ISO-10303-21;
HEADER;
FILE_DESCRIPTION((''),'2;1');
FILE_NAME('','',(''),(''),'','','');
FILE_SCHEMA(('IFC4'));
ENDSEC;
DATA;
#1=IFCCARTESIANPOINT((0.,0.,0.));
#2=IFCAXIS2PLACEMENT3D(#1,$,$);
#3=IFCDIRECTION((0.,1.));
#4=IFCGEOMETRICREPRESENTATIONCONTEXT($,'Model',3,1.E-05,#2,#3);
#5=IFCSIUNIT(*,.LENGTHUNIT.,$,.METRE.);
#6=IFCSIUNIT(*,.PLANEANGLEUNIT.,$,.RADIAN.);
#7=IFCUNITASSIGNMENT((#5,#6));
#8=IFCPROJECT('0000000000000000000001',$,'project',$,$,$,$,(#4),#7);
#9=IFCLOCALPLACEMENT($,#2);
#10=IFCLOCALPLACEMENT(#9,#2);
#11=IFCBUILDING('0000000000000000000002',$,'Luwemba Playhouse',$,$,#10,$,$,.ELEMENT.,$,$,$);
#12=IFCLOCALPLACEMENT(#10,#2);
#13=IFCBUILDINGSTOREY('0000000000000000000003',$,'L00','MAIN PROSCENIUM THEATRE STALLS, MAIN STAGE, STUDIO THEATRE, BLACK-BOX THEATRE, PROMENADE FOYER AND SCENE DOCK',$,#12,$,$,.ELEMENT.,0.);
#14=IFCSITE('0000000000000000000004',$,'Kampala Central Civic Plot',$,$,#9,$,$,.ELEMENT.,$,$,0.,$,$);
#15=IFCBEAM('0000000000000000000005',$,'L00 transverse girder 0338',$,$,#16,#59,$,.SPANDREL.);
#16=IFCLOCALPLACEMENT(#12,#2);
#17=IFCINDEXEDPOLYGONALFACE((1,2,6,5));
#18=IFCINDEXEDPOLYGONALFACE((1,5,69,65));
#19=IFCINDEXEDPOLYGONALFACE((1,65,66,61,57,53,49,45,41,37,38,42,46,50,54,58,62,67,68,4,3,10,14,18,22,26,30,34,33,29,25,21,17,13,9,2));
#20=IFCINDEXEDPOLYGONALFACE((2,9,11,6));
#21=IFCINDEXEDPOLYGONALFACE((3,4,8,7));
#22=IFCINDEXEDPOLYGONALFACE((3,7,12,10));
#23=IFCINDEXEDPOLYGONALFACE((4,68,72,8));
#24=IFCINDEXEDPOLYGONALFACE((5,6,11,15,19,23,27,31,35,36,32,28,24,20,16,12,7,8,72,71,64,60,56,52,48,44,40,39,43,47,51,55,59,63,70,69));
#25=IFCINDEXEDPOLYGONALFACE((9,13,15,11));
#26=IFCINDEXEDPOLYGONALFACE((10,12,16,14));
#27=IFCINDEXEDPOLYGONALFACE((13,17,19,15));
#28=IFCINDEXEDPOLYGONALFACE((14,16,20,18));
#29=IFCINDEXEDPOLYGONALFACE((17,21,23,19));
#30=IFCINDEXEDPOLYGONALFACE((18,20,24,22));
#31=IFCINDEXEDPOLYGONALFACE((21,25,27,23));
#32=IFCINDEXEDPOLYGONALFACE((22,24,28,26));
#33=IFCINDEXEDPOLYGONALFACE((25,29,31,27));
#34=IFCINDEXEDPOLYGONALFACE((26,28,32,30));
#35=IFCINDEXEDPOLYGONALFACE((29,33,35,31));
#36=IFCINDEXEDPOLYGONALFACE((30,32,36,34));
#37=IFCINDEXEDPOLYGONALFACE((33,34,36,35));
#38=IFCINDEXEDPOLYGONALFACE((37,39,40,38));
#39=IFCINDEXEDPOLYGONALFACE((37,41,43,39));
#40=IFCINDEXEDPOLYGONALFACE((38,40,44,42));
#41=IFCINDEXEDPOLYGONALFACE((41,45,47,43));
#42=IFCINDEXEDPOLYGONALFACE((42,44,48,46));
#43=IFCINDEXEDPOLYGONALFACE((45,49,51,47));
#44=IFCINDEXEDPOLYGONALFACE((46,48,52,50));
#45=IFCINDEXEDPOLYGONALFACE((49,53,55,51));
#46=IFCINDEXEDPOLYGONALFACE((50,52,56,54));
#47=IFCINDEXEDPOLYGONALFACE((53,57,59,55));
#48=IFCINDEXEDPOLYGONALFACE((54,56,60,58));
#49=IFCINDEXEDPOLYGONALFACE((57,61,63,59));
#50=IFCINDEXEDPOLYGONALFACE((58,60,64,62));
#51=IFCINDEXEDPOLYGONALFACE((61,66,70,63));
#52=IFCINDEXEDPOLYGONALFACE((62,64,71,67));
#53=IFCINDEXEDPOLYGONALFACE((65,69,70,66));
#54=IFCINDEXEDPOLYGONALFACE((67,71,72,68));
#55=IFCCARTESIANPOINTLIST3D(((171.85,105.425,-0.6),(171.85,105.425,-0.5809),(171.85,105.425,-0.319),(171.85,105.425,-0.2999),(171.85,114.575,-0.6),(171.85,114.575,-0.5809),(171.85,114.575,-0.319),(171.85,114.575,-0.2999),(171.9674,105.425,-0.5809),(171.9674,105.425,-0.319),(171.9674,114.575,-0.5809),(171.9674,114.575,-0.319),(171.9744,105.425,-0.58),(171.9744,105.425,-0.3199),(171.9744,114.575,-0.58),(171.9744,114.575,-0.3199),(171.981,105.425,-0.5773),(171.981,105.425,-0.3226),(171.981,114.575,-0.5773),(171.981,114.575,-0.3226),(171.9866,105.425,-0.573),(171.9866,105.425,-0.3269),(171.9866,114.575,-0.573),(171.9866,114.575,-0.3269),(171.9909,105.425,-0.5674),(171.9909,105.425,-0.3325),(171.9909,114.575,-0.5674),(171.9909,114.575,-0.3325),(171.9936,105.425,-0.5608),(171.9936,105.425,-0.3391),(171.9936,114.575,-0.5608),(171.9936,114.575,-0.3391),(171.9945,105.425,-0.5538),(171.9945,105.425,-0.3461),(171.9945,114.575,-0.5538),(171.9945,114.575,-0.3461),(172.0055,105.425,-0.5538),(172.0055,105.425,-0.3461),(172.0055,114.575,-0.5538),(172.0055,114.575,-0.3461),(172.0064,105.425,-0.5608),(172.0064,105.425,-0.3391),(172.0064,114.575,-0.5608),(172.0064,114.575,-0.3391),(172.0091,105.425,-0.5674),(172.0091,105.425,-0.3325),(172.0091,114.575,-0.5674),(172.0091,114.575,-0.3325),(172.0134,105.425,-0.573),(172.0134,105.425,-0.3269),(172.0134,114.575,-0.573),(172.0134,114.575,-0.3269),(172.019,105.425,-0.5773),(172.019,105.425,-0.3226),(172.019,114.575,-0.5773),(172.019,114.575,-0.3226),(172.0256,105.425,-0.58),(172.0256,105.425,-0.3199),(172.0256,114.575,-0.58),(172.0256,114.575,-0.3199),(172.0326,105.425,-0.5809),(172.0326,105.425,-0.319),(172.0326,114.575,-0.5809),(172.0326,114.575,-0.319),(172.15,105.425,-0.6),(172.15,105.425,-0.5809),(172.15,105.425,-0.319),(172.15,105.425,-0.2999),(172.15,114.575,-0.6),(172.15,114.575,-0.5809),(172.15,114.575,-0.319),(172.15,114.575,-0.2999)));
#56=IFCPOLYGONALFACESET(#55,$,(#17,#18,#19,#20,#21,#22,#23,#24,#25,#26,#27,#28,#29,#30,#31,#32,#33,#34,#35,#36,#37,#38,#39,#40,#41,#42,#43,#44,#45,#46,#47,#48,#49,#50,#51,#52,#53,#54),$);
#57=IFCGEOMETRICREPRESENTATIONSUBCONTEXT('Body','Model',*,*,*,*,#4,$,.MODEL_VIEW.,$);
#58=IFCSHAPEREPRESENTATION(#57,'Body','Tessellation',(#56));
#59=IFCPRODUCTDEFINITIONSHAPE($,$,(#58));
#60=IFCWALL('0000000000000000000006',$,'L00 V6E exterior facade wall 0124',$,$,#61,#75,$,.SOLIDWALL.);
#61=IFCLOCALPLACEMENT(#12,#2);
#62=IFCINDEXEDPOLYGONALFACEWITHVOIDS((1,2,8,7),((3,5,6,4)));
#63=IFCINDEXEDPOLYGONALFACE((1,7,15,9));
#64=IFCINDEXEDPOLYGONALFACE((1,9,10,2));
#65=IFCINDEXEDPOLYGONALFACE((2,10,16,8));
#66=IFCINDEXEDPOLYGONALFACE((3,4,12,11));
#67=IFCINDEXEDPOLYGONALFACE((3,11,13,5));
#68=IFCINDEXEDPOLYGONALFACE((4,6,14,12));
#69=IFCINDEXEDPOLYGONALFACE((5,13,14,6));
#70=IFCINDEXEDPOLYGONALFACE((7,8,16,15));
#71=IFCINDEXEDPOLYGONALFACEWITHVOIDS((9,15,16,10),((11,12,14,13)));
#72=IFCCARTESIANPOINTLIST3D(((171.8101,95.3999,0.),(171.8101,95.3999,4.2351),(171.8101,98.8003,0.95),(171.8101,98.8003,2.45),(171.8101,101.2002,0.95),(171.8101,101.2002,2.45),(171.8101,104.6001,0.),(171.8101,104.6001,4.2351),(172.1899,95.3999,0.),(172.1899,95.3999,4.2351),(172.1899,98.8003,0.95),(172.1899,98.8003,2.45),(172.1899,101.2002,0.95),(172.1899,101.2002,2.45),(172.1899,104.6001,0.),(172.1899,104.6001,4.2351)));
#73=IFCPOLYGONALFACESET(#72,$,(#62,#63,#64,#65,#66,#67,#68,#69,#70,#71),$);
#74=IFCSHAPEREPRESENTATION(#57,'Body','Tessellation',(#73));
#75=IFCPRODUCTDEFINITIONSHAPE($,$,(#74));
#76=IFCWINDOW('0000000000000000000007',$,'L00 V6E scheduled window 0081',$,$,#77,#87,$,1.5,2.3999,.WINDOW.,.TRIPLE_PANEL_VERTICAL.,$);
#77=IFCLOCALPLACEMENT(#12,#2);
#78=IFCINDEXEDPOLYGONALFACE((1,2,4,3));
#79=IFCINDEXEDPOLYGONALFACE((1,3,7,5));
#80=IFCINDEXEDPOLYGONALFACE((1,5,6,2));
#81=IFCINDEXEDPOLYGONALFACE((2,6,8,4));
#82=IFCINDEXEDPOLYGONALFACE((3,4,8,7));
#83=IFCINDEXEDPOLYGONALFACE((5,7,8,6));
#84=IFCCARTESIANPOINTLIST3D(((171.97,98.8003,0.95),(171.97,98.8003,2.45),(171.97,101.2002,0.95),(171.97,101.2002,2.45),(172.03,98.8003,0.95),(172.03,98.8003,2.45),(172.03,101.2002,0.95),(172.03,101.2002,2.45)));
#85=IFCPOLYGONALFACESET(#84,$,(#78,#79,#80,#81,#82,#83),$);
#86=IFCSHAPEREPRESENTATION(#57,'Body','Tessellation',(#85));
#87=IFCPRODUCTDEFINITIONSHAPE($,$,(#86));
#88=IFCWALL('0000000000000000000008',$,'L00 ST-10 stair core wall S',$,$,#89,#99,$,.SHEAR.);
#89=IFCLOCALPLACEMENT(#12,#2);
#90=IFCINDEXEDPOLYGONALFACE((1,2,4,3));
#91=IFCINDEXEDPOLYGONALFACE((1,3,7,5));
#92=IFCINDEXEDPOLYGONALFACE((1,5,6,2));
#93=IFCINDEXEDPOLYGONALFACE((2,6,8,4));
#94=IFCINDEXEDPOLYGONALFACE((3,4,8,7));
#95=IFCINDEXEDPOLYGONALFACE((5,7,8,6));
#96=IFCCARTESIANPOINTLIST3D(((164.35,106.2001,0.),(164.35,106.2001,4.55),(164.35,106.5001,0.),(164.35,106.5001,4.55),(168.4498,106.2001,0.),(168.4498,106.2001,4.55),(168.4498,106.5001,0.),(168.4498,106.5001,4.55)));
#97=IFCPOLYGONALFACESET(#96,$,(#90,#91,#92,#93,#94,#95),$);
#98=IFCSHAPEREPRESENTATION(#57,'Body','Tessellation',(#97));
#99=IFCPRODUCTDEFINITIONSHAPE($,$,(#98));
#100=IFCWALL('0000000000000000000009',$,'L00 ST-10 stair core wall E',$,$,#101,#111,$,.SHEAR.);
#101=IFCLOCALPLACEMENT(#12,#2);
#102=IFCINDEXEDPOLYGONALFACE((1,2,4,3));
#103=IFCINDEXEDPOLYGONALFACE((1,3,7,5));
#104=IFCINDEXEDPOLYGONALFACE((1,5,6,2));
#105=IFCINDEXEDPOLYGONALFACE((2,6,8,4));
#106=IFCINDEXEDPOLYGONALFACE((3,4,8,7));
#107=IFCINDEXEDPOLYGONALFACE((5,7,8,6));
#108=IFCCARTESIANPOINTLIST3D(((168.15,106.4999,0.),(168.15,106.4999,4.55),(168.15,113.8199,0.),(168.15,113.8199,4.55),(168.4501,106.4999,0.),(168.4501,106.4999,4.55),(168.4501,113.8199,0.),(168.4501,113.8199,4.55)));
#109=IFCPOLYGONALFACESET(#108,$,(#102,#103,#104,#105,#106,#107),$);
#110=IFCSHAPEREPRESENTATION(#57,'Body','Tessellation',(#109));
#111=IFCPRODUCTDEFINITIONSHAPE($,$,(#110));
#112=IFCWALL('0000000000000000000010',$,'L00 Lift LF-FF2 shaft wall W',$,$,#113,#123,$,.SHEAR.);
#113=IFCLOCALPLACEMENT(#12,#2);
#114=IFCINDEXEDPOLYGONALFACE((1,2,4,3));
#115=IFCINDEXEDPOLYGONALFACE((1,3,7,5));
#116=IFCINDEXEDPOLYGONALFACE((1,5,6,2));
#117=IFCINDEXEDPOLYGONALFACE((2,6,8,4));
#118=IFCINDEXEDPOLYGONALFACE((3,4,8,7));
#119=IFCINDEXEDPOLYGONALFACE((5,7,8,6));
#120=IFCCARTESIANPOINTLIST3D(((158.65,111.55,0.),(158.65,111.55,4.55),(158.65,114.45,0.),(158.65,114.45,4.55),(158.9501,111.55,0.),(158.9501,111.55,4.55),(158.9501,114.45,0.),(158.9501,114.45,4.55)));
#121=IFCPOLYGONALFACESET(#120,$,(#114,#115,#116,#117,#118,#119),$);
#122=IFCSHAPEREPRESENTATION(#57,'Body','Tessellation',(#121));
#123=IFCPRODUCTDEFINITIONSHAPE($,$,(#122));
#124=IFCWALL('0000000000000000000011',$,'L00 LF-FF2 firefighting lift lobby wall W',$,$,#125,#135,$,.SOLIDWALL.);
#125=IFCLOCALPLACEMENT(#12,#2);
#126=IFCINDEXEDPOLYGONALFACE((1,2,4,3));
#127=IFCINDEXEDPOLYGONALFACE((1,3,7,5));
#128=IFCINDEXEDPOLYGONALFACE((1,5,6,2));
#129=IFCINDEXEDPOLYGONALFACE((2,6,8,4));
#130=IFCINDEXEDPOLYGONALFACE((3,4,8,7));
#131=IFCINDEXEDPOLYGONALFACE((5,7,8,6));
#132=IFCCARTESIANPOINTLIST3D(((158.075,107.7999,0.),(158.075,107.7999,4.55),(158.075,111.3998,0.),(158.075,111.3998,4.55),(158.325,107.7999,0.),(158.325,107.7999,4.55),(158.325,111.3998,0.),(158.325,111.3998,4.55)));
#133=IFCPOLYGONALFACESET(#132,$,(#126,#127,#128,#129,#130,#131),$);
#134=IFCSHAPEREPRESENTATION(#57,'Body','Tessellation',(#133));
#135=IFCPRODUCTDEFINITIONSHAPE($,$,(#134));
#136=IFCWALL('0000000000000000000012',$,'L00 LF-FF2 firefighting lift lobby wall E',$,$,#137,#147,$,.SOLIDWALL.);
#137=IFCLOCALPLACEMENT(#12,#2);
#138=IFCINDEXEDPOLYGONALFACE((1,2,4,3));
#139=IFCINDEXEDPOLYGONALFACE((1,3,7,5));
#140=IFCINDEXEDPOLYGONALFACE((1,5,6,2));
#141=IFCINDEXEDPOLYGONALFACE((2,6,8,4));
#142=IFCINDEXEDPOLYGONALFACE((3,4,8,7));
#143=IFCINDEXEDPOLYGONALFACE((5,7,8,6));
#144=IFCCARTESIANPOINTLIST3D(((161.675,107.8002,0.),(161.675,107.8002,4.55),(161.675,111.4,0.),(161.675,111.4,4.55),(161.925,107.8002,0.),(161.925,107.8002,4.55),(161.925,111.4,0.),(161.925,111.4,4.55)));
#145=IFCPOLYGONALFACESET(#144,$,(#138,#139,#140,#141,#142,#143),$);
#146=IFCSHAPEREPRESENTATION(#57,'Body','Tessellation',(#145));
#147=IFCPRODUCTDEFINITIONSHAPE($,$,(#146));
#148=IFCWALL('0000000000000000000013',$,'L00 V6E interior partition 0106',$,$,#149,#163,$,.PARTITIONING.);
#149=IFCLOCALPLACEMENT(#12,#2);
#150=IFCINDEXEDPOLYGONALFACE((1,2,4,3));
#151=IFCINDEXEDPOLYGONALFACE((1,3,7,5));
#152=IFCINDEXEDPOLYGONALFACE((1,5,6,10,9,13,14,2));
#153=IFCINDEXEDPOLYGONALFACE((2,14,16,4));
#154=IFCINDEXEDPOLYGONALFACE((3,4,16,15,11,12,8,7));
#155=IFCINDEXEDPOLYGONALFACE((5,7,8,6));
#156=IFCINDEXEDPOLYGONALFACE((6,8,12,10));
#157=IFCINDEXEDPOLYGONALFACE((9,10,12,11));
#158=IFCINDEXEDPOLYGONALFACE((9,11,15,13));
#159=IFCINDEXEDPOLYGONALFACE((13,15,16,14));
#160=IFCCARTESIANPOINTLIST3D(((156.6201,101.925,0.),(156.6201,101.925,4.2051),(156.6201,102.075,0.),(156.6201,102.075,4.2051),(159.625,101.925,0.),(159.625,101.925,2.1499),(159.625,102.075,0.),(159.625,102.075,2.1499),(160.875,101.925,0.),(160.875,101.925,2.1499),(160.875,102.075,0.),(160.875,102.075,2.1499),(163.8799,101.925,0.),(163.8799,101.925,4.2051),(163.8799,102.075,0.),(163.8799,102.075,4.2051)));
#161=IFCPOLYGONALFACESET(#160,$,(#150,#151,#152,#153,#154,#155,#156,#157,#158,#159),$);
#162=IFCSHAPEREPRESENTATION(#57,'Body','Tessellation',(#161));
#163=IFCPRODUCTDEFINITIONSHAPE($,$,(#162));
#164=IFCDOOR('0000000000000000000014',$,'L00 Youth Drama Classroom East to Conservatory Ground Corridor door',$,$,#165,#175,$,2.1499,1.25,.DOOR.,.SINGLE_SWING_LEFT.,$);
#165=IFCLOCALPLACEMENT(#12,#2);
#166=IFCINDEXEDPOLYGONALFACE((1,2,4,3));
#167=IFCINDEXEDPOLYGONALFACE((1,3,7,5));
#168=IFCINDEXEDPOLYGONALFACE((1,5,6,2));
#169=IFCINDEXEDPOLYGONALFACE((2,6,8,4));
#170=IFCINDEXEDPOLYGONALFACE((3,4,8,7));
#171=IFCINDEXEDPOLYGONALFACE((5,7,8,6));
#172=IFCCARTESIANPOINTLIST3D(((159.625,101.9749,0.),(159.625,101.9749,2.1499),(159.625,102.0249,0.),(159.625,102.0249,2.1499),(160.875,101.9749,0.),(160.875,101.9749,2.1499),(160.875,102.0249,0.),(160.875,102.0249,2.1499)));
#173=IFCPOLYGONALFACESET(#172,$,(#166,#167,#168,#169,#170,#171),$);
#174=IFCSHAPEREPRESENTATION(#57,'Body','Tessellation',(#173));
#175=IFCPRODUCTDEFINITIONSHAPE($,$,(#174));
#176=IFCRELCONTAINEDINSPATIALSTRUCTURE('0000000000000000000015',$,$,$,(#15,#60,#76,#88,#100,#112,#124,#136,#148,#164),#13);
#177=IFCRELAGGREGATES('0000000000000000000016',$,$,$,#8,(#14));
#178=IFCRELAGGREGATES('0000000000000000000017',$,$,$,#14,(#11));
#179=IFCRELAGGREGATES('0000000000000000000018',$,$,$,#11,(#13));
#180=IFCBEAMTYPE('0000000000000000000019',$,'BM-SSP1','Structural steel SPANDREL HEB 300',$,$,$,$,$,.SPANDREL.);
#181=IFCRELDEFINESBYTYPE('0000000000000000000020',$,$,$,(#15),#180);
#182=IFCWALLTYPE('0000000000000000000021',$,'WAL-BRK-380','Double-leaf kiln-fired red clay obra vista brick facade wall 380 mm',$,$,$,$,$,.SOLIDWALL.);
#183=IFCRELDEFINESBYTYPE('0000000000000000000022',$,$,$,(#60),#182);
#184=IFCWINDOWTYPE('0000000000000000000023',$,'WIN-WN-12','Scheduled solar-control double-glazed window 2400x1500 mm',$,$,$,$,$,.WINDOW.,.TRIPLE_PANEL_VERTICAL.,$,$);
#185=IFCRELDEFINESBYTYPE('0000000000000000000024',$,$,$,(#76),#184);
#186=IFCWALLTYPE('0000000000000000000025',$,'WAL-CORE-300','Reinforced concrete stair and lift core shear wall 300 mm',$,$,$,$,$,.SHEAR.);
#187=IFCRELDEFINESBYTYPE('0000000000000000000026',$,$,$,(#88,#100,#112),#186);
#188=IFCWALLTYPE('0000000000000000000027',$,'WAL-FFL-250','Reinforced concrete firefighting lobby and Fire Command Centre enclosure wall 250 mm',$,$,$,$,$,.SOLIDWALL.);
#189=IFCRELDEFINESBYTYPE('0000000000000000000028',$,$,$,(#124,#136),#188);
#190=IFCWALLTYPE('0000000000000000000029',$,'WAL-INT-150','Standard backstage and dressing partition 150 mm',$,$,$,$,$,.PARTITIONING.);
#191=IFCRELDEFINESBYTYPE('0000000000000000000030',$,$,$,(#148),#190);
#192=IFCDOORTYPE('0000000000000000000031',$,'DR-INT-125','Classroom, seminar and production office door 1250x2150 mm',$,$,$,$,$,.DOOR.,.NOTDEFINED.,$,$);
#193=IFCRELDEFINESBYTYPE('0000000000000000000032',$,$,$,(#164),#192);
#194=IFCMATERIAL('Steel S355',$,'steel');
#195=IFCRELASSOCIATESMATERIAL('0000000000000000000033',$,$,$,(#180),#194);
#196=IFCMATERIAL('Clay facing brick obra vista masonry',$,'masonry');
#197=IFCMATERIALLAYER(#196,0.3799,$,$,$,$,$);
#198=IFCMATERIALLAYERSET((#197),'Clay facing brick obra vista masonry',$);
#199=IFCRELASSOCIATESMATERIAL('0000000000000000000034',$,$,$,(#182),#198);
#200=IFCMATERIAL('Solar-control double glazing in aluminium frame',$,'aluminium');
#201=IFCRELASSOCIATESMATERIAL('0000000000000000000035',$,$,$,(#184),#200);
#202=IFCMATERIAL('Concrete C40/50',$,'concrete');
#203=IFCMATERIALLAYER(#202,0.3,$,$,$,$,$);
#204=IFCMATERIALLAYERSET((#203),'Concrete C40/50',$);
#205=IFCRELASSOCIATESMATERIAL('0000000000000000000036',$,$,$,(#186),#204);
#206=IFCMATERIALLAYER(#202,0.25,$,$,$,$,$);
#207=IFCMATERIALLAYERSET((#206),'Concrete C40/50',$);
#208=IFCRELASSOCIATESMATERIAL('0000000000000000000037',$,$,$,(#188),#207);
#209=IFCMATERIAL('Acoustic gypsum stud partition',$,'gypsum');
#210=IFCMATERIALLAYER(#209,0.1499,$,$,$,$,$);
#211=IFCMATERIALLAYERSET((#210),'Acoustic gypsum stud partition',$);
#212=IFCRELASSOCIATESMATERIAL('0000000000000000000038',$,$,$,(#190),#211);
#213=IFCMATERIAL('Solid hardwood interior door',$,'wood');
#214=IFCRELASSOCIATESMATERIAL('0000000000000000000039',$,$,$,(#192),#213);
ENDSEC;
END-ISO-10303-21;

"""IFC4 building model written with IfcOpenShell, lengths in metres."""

from ifc_helpers import new_model, si_unit, direction, frame, frame_2d, origin, origin_2d, place, context, subcontext, project, spatial, rectangle, i_section, extrude, material, layer, layer_set, material_profile, profile_set, type_object, element, fill, save


model = new_model("IFC4")

# Units and contexts
model_context = context("Model", 3, precision=1e-05, world=origin(), true_north=direction((0.0, 1.0)))
body_context = subcontext(model_context, "Body", "Model", "MODEL_VIEW")
ifc_project = project(units=[si_unit("LENGTHUNIT", "METRE"), si_unit("PLANEANGLEUNIT", "RADIAN")], contexts=[model_context])

# Site, building, storey
site_placement = place(None, origin())
site = spatial("IfcSite", under=ifc_project, at=site_placement, Name="Kampala Central Civic Plot", CompositionType="ELEMENT", RefElevation=0.0)
building_placement = place(site_placement, origin())
building = spatial("IfcBuilding", under=site, at=building_placement, Name="Luwemba Playhouse", CompositionType="ELEMENT")
storey_placement = place(building_placement, origin())
storey = spatial("IfcBuildingStorey", under=building, at=storey_placement, Name="L00", Description="MAIN PROSCENIUM THEATRE STALLS, MAIN STAGE, STUDIO THEATRE, BLACK-BOX THEATRE, PROMENADE FOYER AND SCENE DOCK", CompositionType="ELEMENT", Elevation=0.0)

# Shared definitions
ifc_material_1 = material(Name="Concrete C40/50", Category="concrete")

# Beam
ifc_material_2 = material(Name="Steel S355", Category="steel")
ifc_material_profile_1 = material_profile(ifc_material_2, i_section(OverallWidth=0.3, OverallDepth=0.3, WebThickness=0.011, FlangeThickness=0.019, FilletRadius=0.0271, at=origin_2d()))
ifc_profile_set_1 = profile_set([ifc_material_profile_1], Name="Steel S355")
beam_type_1 = type_object("IfcBeamType", Name="BM-SSP1", Description="Structural steel SPANDREL HEB 300", PredefinedType="SPANDREL", material=ifc_profile_set_1)
beam_1_placement = place(storey_placement, frame((172.0, 105.425, -0.45), z_axis=(0.0, 1.0, 0.0), x_axis=(-1.0, 0.0, 0.0)))
element("IfcBeam", 1, at=beam_1_placement, inside=storey, type_object=beam_type_1, Name="L00 transverse girder 0338", PredefinedType="SPANDREL", context=body_context, shape_type="SweptSolid", body=[
    extrude(i_section(OverallWidth=0.3, OverallDepth=0.3, WebThickness=0.011, FlangeThickness=0.019, FilletRadius=0.0271, at=origin_2d()), origin(), (0.0, 0.0, 1.0), 9.1499),
])

# Wall, opening, window
ifc_material_3 = material(Name="Clay facing brick obra vista masonry", Category="masonry")
ifc_layer_1 = layer(ifc_material_3, 0.3799)
ifc_layer_set_1 = layer_set([ifc_layer_1], Name="Clay facing brick obra vista masonry")
wall_type_1 = type_object("IfcWallType", Name="WAL-BRK-380", Description="Double-leaf kiln-fired red clay obra vista brick facade wall 380 mm", PredefinedType="SOLIDWALL", material=ifc_layer_set_1)
wall_1_placement = place(storey_placement, frame((172.0, 104.6001, 0.0), z_axis=(0.0, 0.0, 1.0), x_axis=(0.0, -1.0, 0.0)))
wall_1 = element("IfcWall", 2, at=wall_1_placement, inside=storey, type_object=wall_type_1, Name="L00 V6E exterior facade wall 0124", PredefinedType="SOLIDWALL", context=body_context, shape_type="SweptSolid", body=[
    extrude(rectangle(XDim=9.2002, YDim=0.3799, at=frame_2d((4.6001, 0.0))), origin(), (0.0, 0.0, 1.0), 4.2351),
])
opening_1_placement = place(wall_1_placement, frame((3.3999, 0.0, 0.95)))
opening_1 = element("IfcOpeningElement", 3, at=opening_1_placement, cuts=wall_1, PredefinedType="OPENING", context=body_context, shape_type="SweptSolid", body=[
    extrude(rectangle(XDim=2.3999, YDim=1.5, at=frame_2d((1.2, 0.75))), frame((0.0, 0.2, 0.0), z_axis=(0.0, -1.0, 0.0), x_axis=(1.0, 0.0, 0.0)), (0.0, 0.0, 1.0), 0.3999),
])
ifc_material_4 = material(Name="Solar-control double glazing in aluminium frame", Category="aluminium")
window_type = type_object("IfcWindowType", Name="WIN-WN-12", Description="Scheduled solar-control double-glazed window 2400x1500 mm", PartitioningType="TRIPLE_PANEL_VERTICAL", PredefinedType="WINDOW", material=ifc_material_4)
window_placement = place(opening_1_placement, origin())
window = element("IfcWindow", 4, at=window_placement, inside=storey, type_object=window_type, Name="L00 V6E scheduled window 0081", OverallHeight=1.5, OverallWidth=2.3999, PartitioningType="TRIPLE_PANEL_VERTICAL", PredefinedType="WINDOW", context=body_context, shape_type="SweptSolid", body=[
    extrude(rectangle(XDim=2.3999, YDim=1.5, at=frame_2d((1.2, 0.75))), frame((0.0, 0.03, 0.0), z_axis=(0.0, -1.0, 0.0), x_axis=(1.0, 0.0, 0.0)), (0.0, 0.0, 1.0), 0.0601),
])
fill(opening_1, window)

# Wall
ifc_layer_2 = layer(ifc_material_1, 0.3)
ifc_layer_set_2 = layer_set([ifc_layer_2], Name="Concrete C40/50")
wall_type_2 = type_object("IfcWallType", Name="WAL-CORE-300", Description="Reinforced concrete stair and lift core shear wall 300 mm", PredefinedType="SHEAR", material=ifc_layer_set_2)
wall_2_placement = place(storey_placement, frame((164.3501, 106.3501, 0.0), z_axis=(0.0, 0.0, 1.0), x_axis=(1.0, 0.0, 0.0)))
element("IfcWall", 5, at=wall_2_placement, inside=storey, type_object=wall_type_2, Name="L00 ST-10 stair core wall S", PredefinedType="SHEAR", context=body_context, shape_type="SweptSolid", body=[
    extrude(rectangle(XDim=4.0999, YDim=0.3, at=frame_2d((2.0498, 0.0))), origin(), (0.0, 0.0, 1.0), 4.55),
])

# Wall
wall_3_placement = place(storey_placement, frame((168.3, 113.8201, 0.0), z_axis=(0.0, 0.0, 1.0), x_axis=(0.0, -1.0, 0.0)))
element("IfcWall", 6, at=wall_3_placement, inside=storey, type_object=wall_type_2, Name="L00 ST-10 stair core wall E", PredefinedType="SHEAR", context=body_context, shape_type="SweptSolid", body=[
    extrude(rectangle(XDim=7.3201, YDim=0.3, at=frame_2d((3.6602, 0.0))), origin(), (0.0, 0.0, 1.0), 4.55),
])

# Wall
wall_4_placement = place(storey_placement, frame((158.8, 111.55, 0.0), z_axis=(0.0, 0.0, 1.0), x_axis=(0.0, 1.0, 0.0)))
element("IfcWall", 7, at=wall_4_placement, inside=storey, type_object=wall_type_2, Name="L00 Lift LF-FF2 shaft wall W", PredefinedType="SHEAR", context=body_context, shape_type="SweptSolid", body=[
    extrude(rectangle(XDim=2.8999, YDim=0.3, at=frame_2d((1.45, 0.0))), origin(), (0.0, 0.0, 1.0), 4.55),
])

# Shared definitions
ifc_layer_3 = layer(ifc_material_1, 0.25)
ifc_layer_set_3 = layer_set([ifc_layer_3], Name="Concrete C40/50")
wall_type_3 = type_object("IfcWallType", Name="WAL-FFL-250", Description="Reinforced concrete firefighting lobby and Fire Command Centre enclosure wall 250 mm", PredefinedType="SOLIDWALL", material=ifc_layer_set_3)

# Walls
for number, where, z_axis, x_axis, name in (
    (8, (158.2, 107.8, 0.0), (0.0, 0.0, 1.0), (0.0, 1.0, 0.0), "L00 LF-FF2 firefighting lift lobby wall W"),
    (9, (161.8, 111.3999, 0.0), (0.0, 0.0, 1.0), (0.0, -1.0, 0.0), "L00 LF-FF2 firefighting lift lobby wall E"),
):
    element("IfcWall", number, at=place(storey_placement, frame(where, z_axis=z_axis, x_axis=x_axis)), inside=storey, type_object=wall_type_3, Name=name, PredefinedType="SOLIDWALL", context=body_context, shape_type="SweptSolid", body=[
        extrude(rectangle(XDim=3.5999, YDim=0.25, at=frame_2d((1.7998, 0.0))), origin(), (0.0, 0.0, 1.0), 4.55),
    ])

# Wall, opening, door
ifc_material_5 = material(Name="Acoustic gypsum stud partition", Category="gypsum")
ifc_layer_4 = layer(ifc_material_5, 0.1499)
ifc_layer_set_4 = layer_set([ifc_layer_4], Name="Acoustic gypsum stud partition")
wall_type_4 = type_object("IfcWallType", Name="WAL-INT-150", Description="Standard backstage and dressing partition 150 mm", PredefinedType="PARTITIONING", material=ifc_layer_set_4)
wall_5_placement = place(storey_placement, frame((156.6201, 102.0, 0.0), z_axis=(0.0, 0.0, 1.0), x_axis=(1.0, 0.0, 0.0)))
wall_5 = element("IfcWall", 10, at=wall_5_placement, inside=storey, type_object=wall_type_4, Name="L00 V6E interior partition 0106", PredefinedType="PARTITIONING", context=body_context, shape_type="SweptSolid", body=[
    extrude(rectangle(XDim=7.2598, YDim=0.1499, at=frame_2d((3.6299, 0.0))), origin(), (0.0, 0.0, 1.0), 4.2051),
])
opening_2_placement = place(wall_5_placement, frame((3.0049, 0.0, 0.0)))
opening_2 = element("IfcOpeningElement", 11, at=opening_2_placement, cuts=wall_5, PredefinedType="OPENING", context=body_context, shape_type="SweptSolid", body=[
    extrude(rectangle(XDim=1.25, YDim=2.1499, at=frame_2d((0.625, 1.075))), frame((0.0, 0.085, 0.0), z_axis=(0.0, -1.0, 0.0), x_axis=(1.0, 0.0, 0.0)), (0.0, 0.0, 1.0), 0.1699),
])
ifc_material_6 = material(Name="Solid hardwood interior door", Category="wood")
door_type_1 = type_object("IfcDoorType", Name="DR-INT-125", Description="Classroom, seminar and production office door 1250x2150 mm", OperationType="NOTDEFINED", PredefinedType="DOOR", material=ifc_material_6)
door_1_placement = place(opening_2_placement, origin())
door_1 = element("IfcDoor", 12, at=door_1_placement, inside=storey, type_object=door_type_1, Name="L00 Youth Drama Classroom East to Conservatory Ground Corridor door", OperationType="SINGLE_SWING_LEFT", OverallHeight=2.1499, OverallWidth=1.25, PredefinedType="DOOR", context=body_context, shape_type="SweptSolid", body=[
    extrude(rectangle(XDim=1.25, YDim=2.1499, at=frame_2d((0.625, 1.075))), frame((0.0, 0.0249, 0.0), z_axis=(0.0, -1.0, 0.0), x_axis=(1.0, 0.0, 0.0)), (0.0, 0.0, 1.0), 0.05),
])
fill(opening_2, door_1)

save(model, "model.ifc")
